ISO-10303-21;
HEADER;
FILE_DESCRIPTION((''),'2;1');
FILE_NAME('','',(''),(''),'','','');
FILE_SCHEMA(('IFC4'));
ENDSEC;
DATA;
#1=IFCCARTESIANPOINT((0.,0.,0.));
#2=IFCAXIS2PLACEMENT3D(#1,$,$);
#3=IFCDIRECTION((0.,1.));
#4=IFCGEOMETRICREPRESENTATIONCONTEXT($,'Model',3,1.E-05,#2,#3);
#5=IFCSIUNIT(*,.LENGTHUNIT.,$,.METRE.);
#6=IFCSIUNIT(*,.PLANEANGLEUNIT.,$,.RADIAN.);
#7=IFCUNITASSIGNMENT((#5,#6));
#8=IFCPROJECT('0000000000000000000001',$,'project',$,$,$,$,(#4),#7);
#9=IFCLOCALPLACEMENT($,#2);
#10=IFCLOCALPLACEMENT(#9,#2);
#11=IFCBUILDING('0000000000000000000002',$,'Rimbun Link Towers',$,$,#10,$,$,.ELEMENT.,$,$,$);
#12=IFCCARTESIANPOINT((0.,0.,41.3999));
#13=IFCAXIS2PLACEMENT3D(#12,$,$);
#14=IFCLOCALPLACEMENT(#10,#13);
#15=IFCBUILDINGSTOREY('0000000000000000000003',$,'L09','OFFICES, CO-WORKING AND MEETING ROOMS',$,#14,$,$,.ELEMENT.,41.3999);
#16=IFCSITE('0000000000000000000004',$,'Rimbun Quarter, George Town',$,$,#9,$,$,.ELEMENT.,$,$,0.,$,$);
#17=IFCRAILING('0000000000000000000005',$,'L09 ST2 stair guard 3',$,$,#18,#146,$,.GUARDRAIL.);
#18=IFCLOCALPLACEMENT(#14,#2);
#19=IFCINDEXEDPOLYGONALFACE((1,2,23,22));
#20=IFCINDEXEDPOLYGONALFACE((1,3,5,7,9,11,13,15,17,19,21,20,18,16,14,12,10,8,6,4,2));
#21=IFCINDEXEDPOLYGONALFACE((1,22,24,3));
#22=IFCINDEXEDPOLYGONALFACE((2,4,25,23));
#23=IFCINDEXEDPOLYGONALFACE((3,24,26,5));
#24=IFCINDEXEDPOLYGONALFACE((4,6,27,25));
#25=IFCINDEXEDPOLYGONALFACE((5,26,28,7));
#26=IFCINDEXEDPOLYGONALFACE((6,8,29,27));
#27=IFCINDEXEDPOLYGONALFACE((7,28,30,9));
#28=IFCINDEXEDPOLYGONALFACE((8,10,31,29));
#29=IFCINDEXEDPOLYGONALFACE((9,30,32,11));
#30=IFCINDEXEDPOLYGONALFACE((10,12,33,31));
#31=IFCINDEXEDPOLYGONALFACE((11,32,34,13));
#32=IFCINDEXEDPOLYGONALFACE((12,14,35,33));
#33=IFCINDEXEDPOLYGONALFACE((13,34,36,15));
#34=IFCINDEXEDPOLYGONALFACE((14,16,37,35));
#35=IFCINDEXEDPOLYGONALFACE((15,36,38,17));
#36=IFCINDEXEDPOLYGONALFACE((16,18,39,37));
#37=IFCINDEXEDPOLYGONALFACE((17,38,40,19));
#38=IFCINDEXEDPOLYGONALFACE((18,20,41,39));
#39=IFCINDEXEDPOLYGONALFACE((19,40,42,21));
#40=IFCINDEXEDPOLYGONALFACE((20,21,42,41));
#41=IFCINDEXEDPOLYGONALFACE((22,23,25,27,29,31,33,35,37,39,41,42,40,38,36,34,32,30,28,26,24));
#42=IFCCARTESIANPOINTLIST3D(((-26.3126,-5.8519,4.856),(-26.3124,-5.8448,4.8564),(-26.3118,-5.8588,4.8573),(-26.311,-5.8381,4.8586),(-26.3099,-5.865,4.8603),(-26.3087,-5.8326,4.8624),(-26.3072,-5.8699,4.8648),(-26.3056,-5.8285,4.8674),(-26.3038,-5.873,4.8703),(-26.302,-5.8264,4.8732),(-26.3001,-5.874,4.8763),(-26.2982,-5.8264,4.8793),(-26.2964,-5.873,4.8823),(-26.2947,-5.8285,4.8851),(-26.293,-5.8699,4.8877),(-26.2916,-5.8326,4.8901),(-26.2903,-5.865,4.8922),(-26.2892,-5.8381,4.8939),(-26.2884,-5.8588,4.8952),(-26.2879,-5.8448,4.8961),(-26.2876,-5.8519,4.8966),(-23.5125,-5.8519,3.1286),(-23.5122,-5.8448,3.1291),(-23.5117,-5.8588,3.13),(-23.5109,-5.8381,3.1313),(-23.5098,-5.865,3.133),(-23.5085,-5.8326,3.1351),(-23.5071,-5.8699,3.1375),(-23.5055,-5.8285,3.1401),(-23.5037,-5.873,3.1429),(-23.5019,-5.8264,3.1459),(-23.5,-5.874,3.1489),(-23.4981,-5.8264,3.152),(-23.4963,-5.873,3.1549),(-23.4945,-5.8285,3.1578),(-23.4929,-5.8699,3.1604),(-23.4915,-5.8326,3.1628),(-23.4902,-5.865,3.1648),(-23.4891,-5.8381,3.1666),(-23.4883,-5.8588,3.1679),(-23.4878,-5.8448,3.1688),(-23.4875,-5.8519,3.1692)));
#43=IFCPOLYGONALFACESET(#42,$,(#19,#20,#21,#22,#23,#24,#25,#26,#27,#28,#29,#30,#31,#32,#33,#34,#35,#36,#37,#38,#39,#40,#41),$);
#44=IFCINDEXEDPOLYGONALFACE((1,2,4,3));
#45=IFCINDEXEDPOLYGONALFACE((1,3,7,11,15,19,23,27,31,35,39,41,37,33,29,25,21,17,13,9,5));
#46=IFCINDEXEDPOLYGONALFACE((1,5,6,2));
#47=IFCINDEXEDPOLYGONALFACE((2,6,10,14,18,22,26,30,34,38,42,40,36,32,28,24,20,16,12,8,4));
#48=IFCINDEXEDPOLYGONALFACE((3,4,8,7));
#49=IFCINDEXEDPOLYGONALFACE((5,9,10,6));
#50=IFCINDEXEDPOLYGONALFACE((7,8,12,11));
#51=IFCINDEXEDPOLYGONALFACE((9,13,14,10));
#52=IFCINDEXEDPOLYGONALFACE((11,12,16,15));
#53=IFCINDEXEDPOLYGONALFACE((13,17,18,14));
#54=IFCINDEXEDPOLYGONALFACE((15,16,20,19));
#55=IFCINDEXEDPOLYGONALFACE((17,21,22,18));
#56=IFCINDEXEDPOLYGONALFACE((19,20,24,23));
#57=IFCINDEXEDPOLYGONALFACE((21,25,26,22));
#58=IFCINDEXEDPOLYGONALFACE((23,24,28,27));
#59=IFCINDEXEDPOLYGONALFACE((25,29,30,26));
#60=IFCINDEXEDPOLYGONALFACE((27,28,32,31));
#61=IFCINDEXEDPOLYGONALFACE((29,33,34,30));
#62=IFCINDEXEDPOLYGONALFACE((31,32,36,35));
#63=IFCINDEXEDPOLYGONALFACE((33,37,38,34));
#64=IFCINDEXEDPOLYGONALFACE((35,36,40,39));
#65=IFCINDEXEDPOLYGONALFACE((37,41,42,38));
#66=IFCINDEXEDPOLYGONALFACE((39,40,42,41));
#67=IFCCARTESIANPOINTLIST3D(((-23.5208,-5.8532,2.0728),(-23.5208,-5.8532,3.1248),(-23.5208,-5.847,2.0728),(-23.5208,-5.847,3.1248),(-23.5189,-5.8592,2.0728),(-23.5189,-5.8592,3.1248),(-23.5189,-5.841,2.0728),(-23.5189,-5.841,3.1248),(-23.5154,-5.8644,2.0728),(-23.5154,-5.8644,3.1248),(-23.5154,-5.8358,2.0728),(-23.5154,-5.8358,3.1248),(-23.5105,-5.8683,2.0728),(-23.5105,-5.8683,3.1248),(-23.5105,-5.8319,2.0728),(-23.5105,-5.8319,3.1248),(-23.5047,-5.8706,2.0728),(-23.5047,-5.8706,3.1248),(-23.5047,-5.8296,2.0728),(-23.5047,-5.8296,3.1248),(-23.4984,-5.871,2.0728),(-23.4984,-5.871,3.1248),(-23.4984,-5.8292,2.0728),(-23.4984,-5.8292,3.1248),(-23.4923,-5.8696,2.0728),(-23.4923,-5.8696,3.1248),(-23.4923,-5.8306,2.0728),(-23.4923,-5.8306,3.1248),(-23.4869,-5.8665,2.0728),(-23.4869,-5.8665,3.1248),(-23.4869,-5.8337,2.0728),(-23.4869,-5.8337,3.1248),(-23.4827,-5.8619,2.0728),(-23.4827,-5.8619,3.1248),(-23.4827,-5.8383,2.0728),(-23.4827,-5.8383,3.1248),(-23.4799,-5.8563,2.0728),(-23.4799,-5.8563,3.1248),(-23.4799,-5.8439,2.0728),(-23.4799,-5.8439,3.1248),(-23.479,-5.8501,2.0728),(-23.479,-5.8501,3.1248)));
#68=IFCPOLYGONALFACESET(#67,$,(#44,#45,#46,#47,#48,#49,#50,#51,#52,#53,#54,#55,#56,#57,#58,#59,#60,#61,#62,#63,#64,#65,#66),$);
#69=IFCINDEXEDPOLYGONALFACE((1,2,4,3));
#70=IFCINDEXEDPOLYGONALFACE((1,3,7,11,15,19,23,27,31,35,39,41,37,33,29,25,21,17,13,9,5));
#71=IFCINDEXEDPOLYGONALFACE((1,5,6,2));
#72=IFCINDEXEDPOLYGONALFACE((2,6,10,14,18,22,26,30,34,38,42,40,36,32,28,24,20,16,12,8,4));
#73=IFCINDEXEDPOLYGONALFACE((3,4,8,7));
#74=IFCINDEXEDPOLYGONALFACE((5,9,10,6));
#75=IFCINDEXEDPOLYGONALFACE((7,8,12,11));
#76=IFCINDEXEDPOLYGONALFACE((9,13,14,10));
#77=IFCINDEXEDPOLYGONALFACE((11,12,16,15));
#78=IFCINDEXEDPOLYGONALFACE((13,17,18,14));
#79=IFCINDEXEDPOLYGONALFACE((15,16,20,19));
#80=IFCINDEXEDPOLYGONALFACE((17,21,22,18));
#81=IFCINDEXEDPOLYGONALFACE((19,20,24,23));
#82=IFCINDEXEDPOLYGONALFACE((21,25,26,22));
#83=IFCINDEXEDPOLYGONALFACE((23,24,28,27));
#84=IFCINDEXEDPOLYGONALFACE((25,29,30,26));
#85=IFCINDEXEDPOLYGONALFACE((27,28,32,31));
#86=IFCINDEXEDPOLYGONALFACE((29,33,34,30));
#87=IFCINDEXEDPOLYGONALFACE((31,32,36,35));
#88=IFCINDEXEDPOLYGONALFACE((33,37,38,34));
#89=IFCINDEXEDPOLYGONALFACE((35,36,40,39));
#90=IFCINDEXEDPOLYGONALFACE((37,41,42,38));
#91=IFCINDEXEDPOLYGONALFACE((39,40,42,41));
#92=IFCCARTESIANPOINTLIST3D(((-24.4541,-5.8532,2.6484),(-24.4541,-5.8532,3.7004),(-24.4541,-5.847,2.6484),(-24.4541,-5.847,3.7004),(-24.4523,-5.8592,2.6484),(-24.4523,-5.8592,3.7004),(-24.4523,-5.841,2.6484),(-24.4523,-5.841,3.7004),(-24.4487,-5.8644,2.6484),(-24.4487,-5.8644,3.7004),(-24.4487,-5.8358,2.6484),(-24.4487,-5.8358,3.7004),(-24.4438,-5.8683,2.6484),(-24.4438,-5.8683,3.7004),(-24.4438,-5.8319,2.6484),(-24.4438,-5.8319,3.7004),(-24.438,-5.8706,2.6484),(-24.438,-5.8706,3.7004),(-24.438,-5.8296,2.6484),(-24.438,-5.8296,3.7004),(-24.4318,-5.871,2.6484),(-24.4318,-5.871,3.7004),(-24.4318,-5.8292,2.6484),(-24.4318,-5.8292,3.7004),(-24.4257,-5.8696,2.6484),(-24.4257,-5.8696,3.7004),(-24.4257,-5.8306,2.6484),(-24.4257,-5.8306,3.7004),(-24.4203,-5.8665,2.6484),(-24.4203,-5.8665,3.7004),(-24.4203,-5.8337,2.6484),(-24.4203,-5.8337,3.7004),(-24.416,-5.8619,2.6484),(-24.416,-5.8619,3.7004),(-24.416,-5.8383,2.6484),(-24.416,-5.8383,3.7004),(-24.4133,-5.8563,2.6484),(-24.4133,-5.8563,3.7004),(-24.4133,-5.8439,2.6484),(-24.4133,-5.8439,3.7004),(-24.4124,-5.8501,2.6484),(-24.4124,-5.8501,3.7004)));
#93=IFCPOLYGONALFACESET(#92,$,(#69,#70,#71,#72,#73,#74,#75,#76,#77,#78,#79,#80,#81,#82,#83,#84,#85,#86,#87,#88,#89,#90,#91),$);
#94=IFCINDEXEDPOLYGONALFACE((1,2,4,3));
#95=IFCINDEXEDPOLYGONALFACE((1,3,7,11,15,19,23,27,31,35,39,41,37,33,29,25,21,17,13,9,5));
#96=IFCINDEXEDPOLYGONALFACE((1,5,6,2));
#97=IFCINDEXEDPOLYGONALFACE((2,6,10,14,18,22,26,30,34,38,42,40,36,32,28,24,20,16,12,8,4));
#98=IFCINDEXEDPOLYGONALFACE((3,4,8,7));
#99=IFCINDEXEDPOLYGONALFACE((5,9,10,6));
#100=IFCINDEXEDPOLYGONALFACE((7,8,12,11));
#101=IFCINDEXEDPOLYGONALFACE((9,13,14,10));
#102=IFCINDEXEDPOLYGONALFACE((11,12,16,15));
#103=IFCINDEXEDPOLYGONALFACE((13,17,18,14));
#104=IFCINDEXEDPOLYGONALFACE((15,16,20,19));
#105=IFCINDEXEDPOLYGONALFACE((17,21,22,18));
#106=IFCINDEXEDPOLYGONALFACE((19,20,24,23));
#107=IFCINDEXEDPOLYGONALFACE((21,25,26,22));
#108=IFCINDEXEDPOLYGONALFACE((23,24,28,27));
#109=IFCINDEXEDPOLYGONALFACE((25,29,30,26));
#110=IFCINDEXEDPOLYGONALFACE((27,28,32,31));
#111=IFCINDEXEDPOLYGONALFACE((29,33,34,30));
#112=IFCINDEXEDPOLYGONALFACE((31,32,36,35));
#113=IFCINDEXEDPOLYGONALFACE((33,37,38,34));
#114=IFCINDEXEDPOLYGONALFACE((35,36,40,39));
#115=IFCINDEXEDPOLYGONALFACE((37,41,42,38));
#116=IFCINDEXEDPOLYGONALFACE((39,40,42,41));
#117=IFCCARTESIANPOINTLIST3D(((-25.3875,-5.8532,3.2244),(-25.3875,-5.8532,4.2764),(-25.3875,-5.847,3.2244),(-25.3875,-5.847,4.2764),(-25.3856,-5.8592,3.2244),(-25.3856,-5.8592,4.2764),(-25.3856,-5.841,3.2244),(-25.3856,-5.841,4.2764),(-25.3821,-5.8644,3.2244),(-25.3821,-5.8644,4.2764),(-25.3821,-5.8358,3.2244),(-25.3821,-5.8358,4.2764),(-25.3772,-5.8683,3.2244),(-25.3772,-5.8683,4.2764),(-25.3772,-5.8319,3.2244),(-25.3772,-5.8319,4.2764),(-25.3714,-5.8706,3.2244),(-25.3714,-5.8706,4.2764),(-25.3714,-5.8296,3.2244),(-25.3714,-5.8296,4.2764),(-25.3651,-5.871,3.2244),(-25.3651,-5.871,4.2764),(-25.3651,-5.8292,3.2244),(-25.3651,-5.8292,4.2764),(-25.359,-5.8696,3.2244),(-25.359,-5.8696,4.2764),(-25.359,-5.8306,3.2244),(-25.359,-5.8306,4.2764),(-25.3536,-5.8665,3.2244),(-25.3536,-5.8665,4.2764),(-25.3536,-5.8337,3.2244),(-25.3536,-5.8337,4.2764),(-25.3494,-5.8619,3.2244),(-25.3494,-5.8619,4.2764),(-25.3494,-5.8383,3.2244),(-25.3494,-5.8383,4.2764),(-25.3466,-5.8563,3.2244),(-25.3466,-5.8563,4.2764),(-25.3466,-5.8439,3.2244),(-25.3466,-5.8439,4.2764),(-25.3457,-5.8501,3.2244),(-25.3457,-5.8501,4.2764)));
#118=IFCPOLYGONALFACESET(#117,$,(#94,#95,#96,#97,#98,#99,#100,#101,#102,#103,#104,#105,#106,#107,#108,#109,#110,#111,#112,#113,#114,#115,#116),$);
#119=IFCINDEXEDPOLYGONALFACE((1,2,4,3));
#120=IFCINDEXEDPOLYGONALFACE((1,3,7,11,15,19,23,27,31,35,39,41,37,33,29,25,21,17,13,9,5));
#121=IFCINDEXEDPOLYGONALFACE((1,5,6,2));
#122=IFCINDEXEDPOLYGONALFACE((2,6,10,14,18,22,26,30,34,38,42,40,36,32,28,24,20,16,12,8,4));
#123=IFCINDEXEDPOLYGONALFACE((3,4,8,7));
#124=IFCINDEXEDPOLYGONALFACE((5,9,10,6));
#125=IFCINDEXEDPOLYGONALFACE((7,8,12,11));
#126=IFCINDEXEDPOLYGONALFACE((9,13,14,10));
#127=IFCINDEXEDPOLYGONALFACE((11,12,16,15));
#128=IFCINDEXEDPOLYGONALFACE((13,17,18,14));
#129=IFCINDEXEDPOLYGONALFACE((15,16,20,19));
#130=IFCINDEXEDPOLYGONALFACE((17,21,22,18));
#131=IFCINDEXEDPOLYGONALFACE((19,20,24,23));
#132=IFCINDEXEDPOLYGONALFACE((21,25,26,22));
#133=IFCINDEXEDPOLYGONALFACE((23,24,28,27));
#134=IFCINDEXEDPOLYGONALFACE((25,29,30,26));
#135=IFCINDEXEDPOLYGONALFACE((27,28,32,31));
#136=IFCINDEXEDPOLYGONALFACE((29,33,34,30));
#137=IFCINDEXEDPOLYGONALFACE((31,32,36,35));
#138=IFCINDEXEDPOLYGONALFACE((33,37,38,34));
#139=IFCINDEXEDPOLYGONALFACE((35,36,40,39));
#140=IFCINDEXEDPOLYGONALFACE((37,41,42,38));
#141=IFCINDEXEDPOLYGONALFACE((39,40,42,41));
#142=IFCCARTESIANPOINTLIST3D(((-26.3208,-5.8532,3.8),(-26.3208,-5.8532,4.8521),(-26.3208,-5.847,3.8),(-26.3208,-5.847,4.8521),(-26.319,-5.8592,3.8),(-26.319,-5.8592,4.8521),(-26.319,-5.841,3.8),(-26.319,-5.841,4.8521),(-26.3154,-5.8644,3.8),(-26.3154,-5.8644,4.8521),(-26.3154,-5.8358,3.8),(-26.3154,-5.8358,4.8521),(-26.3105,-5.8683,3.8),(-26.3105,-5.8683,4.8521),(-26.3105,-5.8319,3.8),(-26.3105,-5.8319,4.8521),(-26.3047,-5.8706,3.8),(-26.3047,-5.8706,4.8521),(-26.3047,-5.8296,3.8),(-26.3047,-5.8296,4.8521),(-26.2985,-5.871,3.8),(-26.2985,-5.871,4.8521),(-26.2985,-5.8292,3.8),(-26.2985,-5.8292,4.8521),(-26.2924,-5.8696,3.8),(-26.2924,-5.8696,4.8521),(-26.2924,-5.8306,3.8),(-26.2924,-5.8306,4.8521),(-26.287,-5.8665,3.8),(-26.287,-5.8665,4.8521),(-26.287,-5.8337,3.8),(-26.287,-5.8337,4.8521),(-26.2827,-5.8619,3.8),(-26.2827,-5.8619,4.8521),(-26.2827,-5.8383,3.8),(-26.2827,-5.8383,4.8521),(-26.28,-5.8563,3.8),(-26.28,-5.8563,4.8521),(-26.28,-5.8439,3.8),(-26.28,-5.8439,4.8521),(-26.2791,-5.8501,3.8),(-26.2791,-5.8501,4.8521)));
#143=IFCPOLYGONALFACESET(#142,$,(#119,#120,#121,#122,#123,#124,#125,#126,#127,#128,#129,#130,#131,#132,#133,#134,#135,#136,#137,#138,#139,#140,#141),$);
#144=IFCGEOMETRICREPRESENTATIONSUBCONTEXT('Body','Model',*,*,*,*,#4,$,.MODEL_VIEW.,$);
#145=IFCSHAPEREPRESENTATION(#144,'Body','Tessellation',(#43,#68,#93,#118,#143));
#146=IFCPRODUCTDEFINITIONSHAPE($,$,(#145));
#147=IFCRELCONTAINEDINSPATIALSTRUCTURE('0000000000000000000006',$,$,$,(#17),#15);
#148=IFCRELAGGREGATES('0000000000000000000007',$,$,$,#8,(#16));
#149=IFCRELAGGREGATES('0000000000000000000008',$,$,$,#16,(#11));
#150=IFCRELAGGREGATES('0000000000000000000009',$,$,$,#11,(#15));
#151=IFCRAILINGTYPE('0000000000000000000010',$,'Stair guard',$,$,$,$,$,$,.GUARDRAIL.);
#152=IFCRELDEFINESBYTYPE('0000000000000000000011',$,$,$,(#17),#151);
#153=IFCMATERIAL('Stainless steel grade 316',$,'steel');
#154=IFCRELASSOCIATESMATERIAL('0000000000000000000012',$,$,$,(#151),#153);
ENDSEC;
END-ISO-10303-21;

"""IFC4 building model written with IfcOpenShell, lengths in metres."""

from ifc_helpers import new_model, si_unit, direction, frame, origin, origin_2d, place, context, subcontext, project, spatial, circle, extrude, material, type_object, element, save


model = new_model("IFC4")

# Units and contexts
model_context = context("Model", 3, precision=1e-05, world=origin(), true_north=direction((0.0, 1.0)))
body_context = subcontext(model_context, "Body", "Model", "MODEL_VIEW")
ifc_project = project(units=[si_unit("LENGTHUNIT", "METRE"), si_unit("PLANEANGLEUNIT", "RADIAN")], contexts=[model_context])

# Site, building, storey
site_placement = place(None, origin())
site = spatial("IfcSite", under=ifc_project, at=site_placement, Name="Rimbun Quarter, George Town", CompositionType="ELEMENT", RefElevation=0.0)
building_placement = place(site_placement, origin())
building = spatial("IfcBuilding", under=site, at=building_placement, Name="Rimbun Link Towers", CompositionType="ELEMENT")
storey_placement = place(building_placement, frame((0.0, 0.0, 41.3999)))
storey = spatial("IfcBuildingStorey", under=building, at=storey_placement, Name="L09", Description="OFFICES, CO-WORKING AND MEETING ROOMS", CompositionType="ELEMENT", Elevation=41.3999)

# Railing
ifc_material_1 = material(Name="Stainless steel grade 316", Category="steel")
railing_type_1 = type_object("IfcRailingType", Name="Stair guard", PredefinedType="GUARDRAIL", material=ifc_material_1)
railing_1_placement = place(storey_placement, frame((-23.5, -5.8501, 2.0728)))
element("IfcRailing", 1, at=railing_1_placement, inside=storey, type_object=railing_type_1, Name="L09 ST2 stair guard 3", PredefinedType="GUARDRAIL", context=body_context, shape_type="SweptSolid", body=[
    extrude(circle(Radius=0.0239, at=origin_2d()), frame((0.0, 0.0, 1.0762), z_axis=(-0.85109, 0.0, 0.52502), x_axis=(0.0, -1.0, 0.0)), (0.0, 0.0, 1.0), 3.29),
    extrude(circle(Radius=0.021, at=origin_2d()), origin(), (0.0, 0.0, 1.0), 1.052),
    extrude(circle(Radius=0.021, at=origin_2d()), frame((-0.9333, 0.0, 0.5757)), (0.0, 0.0, 1.0), 1.052),
    extrude(circle(Radius=0.021, at=origin_2d()), frame((-1.8667, 0.0, 1.1516)), (0.0, 0.0, 1.0), 1.052),
    extrude(circle(Radius=0.021, at=origin_2d()), frame((-2.8, 0.0, 1.7273)), (0.0, 0.0, 1.0), 1.052),
])

save(model, "model.ifc")
